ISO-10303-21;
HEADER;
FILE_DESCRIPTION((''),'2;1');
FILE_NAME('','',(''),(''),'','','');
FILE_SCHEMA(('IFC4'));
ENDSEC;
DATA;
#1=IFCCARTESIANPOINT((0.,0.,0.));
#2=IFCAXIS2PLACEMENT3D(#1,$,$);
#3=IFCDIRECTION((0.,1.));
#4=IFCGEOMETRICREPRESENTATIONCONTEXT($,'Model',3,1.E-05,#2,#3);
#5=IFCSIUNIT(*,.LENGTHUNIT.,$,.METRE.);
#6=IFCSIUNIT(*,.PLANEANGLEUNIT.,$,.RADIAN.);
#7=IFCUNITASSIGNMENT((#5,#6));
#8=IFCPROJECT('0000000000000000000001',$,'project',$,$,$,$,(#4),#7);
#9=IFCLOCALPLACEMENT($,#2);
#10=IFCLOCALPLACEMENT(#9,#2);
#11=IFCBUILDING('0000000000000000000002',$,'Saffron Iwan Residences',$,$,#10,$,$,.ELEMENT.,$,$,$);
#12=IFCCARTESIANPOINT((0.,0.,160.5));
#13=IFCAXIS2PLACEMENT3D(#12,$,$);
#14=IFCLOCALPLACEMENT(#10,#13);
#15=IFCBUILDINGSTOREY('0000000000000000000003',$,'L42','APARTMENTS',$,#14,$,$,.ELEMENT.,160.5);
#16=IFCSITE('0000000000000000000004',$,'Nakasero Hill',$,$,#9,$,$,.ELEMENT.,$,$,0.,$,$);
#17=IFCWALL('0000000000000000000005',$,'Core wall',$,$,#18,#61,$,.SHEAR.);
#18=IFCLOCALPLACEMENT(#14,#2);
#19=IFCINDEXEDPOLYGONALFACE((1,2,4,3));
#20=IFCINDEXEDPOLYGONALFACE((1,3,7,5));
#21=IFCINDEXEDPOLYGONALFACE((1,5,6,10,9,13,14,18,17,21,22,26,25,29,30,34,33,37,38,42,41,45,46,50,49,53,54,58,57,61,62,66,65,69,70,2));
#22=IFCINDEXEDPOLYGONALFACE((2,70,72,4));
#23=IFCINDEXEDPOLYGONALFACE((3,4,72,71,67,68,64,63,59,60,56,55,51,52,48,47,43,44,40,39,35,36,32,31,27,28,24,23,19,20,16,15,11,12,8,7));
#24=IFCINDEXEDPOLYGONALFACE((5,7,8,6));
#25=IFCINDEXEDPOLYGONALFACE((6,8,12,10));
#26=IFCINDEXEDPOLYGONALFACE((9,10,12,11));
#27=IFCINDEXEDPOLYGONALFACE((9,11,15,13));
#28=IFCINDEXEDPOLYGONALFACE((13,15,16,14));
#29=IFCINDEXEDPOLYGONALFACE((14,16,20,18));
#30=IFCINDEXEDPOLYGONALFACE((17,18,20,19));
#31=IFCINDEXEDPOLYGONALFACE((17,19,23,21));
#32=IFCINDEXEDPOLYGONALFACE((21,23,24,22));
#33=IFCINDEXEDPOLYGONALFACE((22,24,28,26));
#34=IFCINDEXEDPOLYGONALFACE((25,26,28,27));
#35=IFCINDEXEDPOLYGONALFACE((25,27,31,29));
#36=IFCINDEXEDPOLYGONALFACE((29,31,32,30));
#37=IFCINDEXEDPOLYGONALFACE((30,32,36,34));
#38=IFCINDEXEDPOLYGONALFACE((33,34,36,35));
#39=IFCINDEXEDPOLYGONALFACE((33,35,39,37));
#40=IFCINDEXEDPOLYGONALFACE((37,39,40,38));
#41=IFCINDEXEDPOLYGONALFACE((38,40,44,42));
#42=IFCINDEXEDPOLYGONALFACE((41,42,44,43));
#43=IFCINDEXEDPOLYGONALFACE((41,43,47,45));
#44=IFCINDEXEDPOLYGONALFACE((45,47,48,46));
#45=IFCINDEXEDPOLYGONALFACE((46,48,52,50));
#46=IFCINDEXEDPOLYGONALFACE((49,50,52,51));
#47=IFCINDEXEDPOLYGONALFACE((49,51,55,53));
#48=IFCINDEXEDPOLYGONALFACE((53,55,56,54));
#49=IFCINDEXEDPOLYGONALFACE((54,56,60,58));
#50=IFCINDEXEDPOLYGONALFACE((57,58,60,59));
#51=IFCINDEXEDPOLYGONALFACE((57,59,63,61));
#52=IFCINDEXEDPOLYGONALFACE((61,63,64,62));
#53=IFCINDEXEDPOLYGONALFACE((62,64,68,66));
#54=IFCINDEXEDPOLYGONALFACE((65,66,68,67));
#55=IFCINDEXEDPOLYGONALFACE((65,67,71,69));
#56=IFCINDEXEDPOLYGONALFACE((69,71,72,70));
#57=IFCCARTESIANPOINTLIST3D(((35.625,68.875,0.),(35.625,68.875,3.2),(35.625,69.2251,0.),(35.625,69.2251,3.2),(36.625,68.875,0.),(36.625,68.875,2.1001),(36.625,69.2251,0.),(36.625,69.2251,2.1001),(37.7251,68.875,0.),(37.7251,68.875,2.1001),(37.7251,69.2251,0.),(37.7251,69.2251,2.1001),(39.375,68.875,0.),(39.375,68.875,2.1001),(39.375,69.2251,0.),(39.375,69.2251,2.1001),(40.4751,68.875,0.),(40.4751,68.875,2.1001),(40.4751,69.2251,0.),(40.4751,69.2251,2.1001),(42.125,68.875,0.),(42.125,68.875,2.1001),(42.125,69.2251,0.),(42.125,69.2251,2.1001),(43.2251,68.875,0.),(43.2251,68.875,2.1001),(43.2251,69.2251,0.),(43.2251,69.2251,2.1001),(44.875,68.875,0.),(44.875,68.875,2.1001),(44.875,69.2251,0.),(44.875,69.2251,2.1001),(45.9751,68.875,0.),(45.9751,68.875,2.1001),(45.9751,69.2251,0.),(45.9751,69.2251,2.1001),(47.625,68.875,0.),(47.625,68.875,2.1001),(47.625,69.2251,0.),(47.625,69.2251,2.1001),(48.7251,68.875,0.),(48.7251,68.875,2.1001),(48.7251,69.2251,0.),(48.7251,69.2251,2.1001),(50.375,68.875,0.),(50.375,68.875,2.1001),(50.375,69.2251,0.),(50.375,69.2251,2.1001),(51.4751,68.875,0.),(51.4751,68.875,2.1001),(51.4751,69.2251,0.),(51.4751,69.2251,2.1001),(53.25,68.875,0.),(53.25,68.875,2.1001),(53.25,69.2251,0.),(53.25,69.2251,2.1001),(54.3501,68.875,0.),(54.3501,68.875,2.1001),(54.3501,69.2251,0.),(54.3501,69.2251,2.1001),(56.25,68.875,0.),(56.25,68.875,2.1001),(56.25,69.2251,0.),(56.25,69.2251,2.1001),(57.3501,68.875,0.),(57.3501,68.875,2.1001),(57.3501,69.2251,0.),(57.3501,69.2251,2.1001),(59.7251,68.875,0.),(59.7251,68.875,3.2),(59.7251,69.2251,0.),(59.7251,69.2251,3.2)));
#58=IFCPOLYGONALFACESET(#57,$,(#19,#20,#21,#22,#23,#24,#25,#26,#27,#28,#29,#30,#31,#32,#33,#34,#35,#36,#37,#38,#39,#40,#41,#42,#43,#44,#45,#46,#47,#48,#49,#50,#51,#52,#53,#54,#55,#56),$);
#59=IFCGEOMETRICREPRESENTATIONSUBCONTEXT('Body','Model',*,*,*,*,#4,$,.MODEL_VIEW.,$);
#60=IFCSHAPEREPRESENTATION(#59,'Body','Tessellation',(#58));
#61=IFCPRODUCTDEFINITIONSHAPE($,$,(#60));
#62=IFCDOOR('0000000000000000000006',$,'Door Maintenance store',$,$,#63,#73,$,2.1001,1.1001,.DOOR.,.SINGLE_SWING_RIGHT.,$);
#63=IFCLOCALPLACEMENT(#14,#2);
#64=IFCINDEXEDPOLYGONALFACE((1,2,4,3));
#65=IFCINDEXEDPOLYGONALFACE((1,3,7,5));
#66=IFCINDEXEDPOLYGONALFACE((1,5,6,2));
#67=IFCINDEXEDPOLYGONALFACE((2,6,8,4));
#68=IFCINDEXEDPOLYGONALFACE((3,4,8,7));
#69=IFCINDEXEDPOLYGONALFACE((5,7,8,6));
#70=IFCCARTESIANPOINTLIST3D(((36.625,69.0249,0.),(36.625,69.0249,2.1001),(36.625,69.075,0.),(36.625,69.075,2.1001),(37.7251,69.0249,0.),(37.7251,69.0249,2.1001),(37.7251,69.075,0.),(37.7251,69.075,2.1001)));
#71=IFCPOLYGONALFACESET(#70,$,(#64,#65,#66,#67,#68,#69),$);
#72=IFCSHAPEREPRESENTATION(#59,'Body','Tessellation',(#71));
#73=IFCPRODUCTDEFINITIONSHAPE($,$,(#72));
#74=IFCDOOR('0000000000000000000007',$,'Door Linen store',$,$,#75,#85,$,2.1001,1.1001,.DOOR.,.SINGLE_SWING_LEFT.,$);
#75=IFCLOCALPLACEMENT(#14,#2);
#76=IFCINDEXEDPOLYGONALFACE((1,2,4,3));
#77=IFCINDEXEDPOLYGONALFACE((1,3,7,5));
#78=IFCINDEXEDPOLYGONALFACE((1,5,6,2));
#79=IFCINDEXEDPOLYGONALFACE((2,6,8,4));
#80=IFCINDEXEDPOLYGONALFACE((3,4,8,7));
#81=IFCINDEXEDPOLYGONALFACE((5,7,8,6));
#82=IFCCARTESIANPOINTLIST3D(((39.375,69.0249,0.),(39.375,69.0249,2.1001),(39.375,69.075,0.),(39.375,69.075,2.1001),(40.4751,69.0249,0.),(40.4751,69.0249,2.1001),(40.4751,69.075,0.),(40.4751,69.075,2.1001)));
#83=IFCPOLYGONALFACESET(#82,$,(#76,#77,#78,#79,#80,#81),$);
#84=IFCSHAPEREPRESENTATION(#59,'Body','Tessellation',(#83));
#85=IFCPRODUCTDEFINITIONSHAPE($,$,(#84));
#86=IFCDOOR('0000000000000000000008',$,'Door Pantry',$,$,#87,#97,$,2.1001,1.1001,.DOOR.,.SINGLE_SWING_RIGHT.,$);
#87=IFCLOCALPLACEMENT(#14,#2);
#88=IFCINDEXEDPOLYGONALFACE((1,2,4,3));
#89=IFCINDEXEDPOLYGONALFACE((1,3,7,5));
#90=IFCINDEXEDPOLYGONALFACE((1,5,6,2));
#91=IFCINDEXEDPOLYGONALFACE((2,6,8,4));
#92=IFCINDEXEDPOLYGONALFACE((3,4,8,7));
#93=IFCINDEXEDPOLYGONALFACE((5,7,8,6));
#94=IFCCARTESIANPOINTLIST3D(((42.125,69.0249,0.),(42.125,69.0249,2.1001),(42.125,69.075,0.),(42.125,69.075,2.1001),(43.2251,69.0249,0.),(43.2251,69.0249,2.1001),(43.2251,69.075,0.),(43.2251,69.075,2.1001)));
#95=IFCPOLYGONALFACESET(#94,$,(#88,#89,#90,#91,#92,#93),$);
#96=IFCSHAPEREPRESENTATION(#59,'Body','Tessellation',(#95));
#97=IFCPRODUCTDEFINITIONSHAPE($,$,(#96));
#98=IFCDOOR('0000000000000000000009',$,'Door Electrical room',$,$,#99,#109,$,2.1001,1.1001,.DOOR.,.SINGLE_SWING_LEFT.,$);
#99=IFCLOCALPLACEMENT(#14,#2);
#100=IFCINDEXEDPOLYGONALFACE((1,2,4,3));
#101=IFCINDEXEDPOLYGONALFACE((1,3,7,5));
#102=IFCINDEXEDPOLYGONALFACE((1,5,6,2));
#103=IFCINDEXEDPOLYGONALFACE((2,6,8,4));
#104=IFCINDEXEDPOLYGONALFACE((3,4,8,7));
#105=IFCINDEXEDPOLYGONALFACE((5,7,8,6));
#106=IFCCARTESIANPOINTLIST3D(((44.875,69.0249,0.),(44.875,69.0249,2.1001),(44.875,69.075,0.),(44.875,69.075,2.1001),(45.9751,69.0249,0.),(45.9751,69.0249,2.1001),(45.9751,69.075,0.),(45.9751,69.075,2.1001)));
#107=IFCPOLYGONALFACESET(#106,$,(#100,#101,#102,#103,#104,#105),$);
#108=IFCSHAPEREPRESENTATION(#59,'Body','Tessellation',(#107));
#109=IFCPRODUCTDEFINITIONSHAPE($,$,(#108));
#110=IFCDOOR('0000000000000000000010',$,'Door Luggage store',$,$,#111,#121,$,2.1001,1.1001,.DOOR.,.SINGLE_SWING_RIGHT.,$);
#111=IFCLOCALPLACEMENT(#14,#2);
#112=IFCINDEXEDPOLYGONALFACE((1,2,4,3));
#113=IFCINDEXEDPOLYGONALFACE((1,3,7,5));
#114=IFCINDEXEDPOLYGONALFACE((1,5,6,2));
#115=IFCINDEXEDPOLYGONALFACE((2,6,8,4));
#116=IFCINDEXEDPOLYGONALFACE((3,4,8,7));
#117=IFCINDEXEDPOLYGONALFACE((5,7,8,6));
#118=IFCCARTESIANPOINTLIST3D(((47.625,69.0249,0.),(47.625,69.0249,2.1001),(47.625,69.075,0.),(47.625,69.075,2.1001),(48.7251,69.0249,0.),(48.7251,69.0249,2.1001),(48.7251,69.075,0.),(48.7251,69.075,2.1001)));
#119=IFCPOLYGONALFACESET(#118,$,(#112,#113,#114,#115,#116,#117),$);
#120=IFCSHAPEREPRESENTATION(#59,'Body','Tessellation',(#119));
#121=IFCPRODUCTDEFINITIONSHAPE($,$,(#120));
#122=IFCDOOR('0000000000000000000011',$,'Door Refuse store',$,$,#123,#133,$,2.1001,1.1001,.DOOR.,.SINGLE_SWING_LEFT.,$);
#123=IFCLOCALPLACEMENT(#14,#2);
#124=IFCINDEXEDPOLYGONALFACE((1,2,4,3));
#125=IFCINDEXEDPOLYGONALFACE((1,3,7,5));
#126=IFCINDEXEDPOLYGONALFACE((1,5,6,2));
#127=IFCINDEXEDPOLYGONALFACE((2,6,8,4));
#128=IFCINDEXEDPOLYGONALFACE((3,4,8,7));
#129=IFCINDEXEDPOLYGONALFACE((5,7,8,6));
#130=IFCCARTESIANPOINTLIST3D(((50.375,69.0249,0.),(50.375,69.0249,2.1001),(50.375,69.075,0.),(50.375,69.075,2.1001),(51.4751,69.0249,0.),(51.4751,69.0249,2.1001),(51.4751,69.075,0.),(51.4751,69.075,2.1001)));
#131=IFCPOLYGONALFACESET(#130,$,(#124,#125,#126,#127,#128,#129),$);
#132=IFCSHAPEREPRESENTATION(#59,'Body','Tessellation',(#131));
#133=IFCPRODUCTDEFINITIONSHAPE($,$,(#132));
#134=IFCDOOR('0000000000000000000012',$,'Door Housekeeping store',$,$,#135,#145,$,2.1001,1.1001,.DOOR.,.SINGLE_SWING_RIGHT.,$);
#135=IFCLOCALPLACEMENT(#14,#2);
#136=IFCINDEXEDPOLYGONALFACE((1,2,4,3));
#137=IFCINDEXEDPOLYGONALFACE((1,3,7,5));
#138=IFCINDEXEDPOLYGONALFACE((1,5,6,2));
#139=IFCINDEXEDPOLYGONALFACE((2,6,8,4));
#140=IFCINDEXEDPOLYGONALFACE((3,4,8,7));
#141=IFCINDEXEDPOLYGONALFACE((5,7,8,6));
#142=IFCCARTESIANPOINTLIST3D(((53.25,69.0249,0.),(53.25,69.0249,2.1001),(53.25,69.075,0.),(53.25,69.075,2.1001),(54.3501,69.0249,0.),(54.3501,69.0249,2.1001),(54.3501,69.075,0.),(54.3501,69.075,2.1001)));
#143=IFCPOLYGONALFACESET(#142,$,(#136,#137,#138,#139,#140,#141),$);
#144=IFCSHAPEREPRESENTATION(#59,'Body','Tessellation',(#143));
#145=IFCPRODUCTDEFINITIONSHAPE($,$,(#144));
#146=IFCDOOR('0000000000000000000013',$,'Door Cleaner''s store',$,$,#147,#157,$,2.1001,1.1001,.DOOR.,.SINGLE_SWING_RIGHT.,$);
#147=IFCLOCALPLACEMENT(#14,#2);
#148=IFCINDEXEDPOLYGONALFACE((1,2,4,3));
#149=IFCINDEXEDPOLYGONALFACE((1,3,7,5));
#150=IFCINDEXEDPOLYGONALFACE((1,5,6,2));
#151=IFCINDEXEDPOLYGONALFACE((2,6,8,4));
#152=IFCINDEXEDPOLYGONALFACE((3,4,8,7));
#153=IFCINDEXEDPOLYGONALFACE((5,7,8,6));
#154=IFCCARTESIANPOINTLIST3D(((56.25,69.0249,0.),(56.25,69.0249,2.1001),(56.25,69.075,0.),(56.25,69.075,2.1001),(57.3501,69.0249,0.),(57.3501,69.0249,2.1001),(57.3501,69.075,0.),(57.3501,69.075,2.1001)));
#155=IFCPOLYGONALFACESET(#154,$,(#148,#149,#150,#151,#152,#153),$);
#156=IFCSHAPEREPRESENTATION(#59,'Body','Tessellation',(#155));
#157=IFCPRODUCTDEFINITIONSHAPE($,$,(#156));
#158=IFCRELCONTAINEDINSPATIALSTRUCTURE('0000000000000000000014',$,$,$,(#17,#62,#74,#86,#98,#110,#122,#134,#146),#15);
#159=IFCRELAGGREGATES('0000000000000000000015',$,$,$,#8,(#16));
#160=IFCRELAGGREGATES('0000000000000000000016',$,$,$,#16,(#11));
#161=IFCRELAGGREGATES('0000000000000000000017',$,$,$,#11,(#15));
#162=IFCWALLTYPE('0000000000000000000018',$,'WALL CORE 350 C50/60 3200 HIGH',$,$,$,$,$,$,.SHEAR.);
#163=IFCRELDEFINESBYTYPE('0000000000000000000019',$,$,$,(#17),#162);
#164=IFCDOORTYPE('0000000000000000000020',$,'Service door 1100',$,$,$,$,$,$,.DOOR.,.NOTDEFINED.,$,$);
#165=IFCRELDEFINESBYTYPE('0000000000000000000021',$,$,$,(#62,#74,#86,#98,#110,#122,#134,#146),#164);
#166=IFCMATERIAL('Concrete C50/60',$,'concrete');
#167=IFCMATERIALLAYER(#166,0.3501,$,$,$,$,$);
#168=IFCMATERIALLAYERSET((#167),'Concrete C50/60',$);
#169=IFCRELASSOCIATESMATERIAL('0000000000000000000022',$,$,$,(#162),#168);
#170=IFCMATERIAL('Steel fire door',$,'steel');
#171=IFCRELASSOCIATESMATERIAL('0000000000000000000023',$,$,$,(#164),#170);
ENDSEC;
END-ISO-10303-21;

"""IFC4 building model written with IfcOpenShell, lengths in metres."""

from ifc_helpers import new_model, si_unit, direction, frame, frame_2d, origin, place, context, subcontext, project, spatial, rectangle, extrude, material, layer, layer_set, type_object, element, fill, save


model = new_model("IFC4")

# Units and contexts
model_context = context("Model", 3, precision=1e-05, world=origin(), true_north=direction((0.0, 1.0)))
body_context = subcontext(model_context, "Body", "Model", "MODEL_VIEW")
ifc_project = project(units=[si_unit("LENGTHUNIT", "METRE"), si_unit("PLANEANGLEUNIT", "RADIAN")], contexts=[model_context])

# Site, building, storey
site_placement = place(None, origin())
site = spatial("IfcSite", under=ifc_project, at=site_placement, Name="Nakasero Hill", CompositionType="ELEMENT", RefElevation=0.0)
building_placement = place(site_placement, origin())
building = spatial("IfcBuilding", under=site, at=building_placement, Name="Saffron Iwan Residences", CompositionType="ELEMENT")
storey_placement = place(building_placement, frame((0.0, 0.0, 160.5)))
storey = spatial("IfcBuildingStorey", under=building, at=storey_placement, Name="L42", Description="APARTMENTS", CompositionType="ELEMENT", Elevation=160.5)

# Shared definitions
ifc_material_1 = material(Name="Concrete C50/60", Category="concrete")

# Wall, openings, doors
ifc_layer_1 = layer(ifc_material_1, 0.3501)
ifc_layer_set_1 = layer_set([ifc_layer_1], Name="Concrete C50/60")
wall_type_1 = type_object("IfcWallType", Name="WALL CORE 350 C50/60 3200 HIGH", PredefinedType="SHEAR", material=ifc_layer_set_1)
wall_1_placement = place(storey_placement, frame((35.625, 69.05, 0.0), z_axis=(0.0, 0.0, 1.0), x_axis=(1.0, 0.0, 0.0)))
wall_1 = element("IfcWall", 1, at=wall_1_placement, inside=storey, type_object=wall_type_1, Name="Core wall", PredefinedType="SHEAR", context=body_context, shape_type="SweptSolid", body=[
    extrude(rectangle(XDim=24.1001, YDim=0.3501, at=frame_2d((12.05, 0.0))), origin(), (0.0, 0.0, 1.0), 3.2),
])
opening_1_placement = place(wall_1_placement, frame((1.0, 0.0, 0.0)))
opening_1 = element("IfcOpeningElement", 2, at=opening_1_placement, cuts=wall_1, PredefinedType="OPENING", context=body_context, shape_type="SweptSolid", body=[
    extrude(rectangle(XDim=1.1001, YDim=2.1001, at=frame_2d((0.55, 1.05))), frame((0.0, 0.1851, 0.0), z_axis=(0.0, -1.0, 0.0), x_axis=(1.0, 0.0, 0.0)), (0.0, 0.0, 1.0), 0.3701),
])
opening_2_placement = place(wall_1_placement, frame((3.75, 0.0, 0.0)))
opening_2 = element("IfcOpeningElement", 3, at=opening_2_placement, cuts=wall_1, PredefinedType="OPENING", context=body_context, shape_type="SweptSolid", body=[
    extrude(rectangle(XDim=1.1001, YDim=2.1001, at=frame_2d((0.55, 1.05))), frame((0.0, 0.1851, 0.0), z_axis=(0.0, -1.0, 0.0), x_axis=(1.0, 0.0, 0.0)), (0.0, 0.0, 1.0), 0.3701),
])
opening_3_placement = place(wall_1_placement, frame((6.5, 0.0, 0.0)))
opening_3 = element("IfcOpeningElement", 4, at=opening_3_placement, cuts=wall_1, PredefinedType="OPENING", context=body_context, shape_type="SweptSolid", body=[
    extrude(rectangle(XDim=1.1001, YDim=2.1001, at=frame_2d((0.55, 1.05))), frame((0.0, 0.1851, 0.0), z_axis=(0.0, -1.0, 0.0), x_axis=(1.0, 0.0, 0.0)), (0.0, 0.0, 1.0), 0.3701),
])
opening_4_placement = place(wall_1_placement, frame((9.25, 0.0, 0.0)))
opening_4 = element("IfcOpeningElement", 5, at=opening_4_placement, cuts=wall_1, PredefinedType="OPENING", context=body_context, shape_type="SweptSolid", body=[
    extrude(rectangle(XDim=1.1001, YDim=2.1001, at=frame_2d((0.55, 1.05))), frame((0.0, 0.1851, 0.0), z_axis=(0.0, -1.0, 0.0), x_axis=(1.0, 0.0, 0.0)), (0.0, 0.0, 1.0), 0.3701),
])
opening_5_placement = place(wall_1_placement, frame((12.0, 0.0, 0.0)))
opening_5 = element("IfcOpeningElement", 6, at=opening_5_placement, cuts=wall_1, PredefinedType="OPENING", context=body_context, shape_type="SweptSolid", body=[
    extrude(rectangle(XDim=1.1001, YDim=2.1001, at=frame_2d((0.55, 1.05))), frame((0.0, 0.1851, 0.0), z_axis=(0.0, -1.0, 0.0), x_axis=(1.0, 0.0, 0.0)), (0.0, 0.0, 1.0), 0.3701),
])
opening_6_placement = place(wall_1_placement, frame((14.75, 0.0, 0.0)))
opening_6 = element("IfcOpeningElement", 7, at=opening_6_placement, cuts=wall_1, PredefinedType="OPENING", context=body_context, shape_type="SweptSolid", body=[
    extrude(rectangle(XDim=1.1001, YDim=2.1001, at=frame_2d((0.55, 1.05))), frame((0.0, 0.1851, 0.0), z_axis=(0.0, -1.0, 0.0), x_axis=(1.0, 0.0, 0.0)), (0.0, 0.0, 1.0), 0.3701),
])
opening_7_placement = place(wall_1_placement, frame((17.625, 0.0, 0.0)))
opening_7 = element("IfcOpeningElement", 8, at=opening_7_placement, cuts=wall_1, PredefinedType="OPENING", context=body_context, shape_type="SweptSolid", body=[
    extrude(rectangle(XDim=1.1001, YDim=2.1001, at=frame_2d((0.55, 1.05))), frame((0.0, 0.1851, 0.0), z_axis=(0.0, -1.0, 0.0), x_axis=(1.0, 0.0, 0.0)), (0.0, 0.0, 1.0), 0.3701),
])
opening_8_placement = place(wall_1_placement, frame((20.625, 0.0, 0.0)))
opening_8 = element("IfcOpeningElement", 9, at=opening_8_placement, cuts=wall_1, PredefinedType="OPENING", context=body_context, shape_type="SweptSolid", body=[
    extrude(rectangle(XDim=1.1001, YDim=2.1001, at=frame_2d((0.55, 1.05))), frame((0.0, 0.1851, 0.0), z_axis=(0.0, -1.0, 0.0), x_axis=(1.0, 0.0, 0.0)), (0.0, 0.0, 1.0), 0.3701),
])
ifc_material_2 = material(Name="Steel fire door", Category="steel")
door_type = type_object("IfcDoorType", Name="Service door 1100", OperationType="NOTDEFINED", PredefinedType="DOOR", material=ifc_material_2)
door_1_placement = place(opening_1_placement, origin())
door_1 = element("IfcDoor", 10, at=door_1_placement, inside=storey, type_object=door_type, Name="Door Maintenance store", OperationType="SINGLE_SWING_RIGHT", OverallHeight=2.1001, OverallWidth=1.1001, PredefinedType="DOOR", context=body_context, shape_type="SweptSolid", body=[
    extrude(rectangle(XDim=1.1001, YDim=2.1001, at=frame_2d((0.55, 1.05))), frame((0.0, 0.0249, 0.0), z_axis=(0.0, -1.0, 0.0), x_axis=(1.0, 0.0, 0.0)), (0.0, 0.0, 1.0), 0.05),
])
fill(opening_1, door_1)
door_2_placement = place(opening_2_placement, origin())
door_2 = element("IfcDoor", 11, at=door_2_placement, inside=storey, type_object=door_type, Name="Door Linen store", OperationType="SINGLE_SWING_LEFT", OverallHeight=2.1001, OverallWidth=1.1001, PredefinedType="DOOR", context=body_context, shape_type="SweptSolid", body=[
    extrude(rectangle(XDim=1.1001, YDim=2.1001, at=frame_2d((0.55, 1.05))), frame((0.0, 0.0249, 0.0), z_axis=(0.0, -1.0, 0.0), x_axis=(1.0, 0.0, 0.0)), (0.0, 0.0, 1.0), 0.05),
])
fill(opening_2, door_2)
door_3_placement = place(opening_3_placement, origin())
door_3 = element("IfcDoor", 12, at=door_3_placement, inside=storey, type_object=door_type, Name="Door Pantry", OperationType="SINGLE_SWING_RIGHT", OverallHeight=2.1001, OverallWidth=1.1001, PredefinedType="DOOR", context=body_context, shape_type="SweptSolid", body=[
    extrude(rectangle(XDim=1.1001, YDim=2.1001, at=frame_2d((0.55, 1.05))), frame((0.0, 0.0249, 0.0), z_axis=(0.0, -1.0, 0.0), x_axis=(1.0, 0.0, 0.0)), (0.0, 0.0, 1.0), 0.05),
])
fill(opening_3, door_3)
door_4_placement = place(opening_4_placement, origin())
door_4 = element("IfcDoor", 13, at=door_4_placement, inside=storey, type_object=door_type, Name="Door Electrical room", OperationType="SINGLE_SWING_LEFT", OverallHeight=2.1001, OverallWidth=1.1001, PredefinedType="DOOR", context=body_context, shape_type="SweptSolid", body=[
    extrude(rectangle(XDim=1.1001, YDim=2.1001, at=frame_2d((0.55, 1.05))), frame((0.0, 0.0249, 0.0), z_axis=(0.0, -1.0, 0.0), x_axis=(1.0, 0.0, 0.0)), (0.0, 0.0, 1.0), 0.05),
])
fill(opening_4, door_4)
door_5_placement = place(opening_5_placement, origin())
door_5 = element("IfcDoor", 14, at=door_5_placement, inside=storey, type_object=door_type, Name="Door Luggage store", OperationType="SINGLE_SWING_RIGHT", OverallHeight=2.1001, OverallWidth=1.1001, PredefinedType="DOOR", context=body_context, shape_type="SweptSolid", body=[
    extrude(rectangle(XDim=1.1001, YDim=2.1001, at=frame_2d((0.55, 1.05))), frame((0.0, 0.0249, 0.0), z_axis=(0.0, -1.0, 0.0), x_axis=(1.0, 0.0, 0.0)), (0.0, 0.0, 1.0), 0.05),
])
fill(opening_5, door_5)
door_6_placement = place(opening_6_placement, origin())
door_6 = element("IfcDoor", 15, at=door_6_placement, inside=storey, type_object=door_type, Name="Door Refuse store", OperationType="SINGLE_SWING_LEFT", OverallHeight=2.1001, OverallWidth=1.1001, PredefinedType="DOOR", context=body_context, shape_type="SweptSolid", body=[
    extrude(rectangle(XDim=1.1001, YDim=2.1001, at=frame_2d((0.55, 1.05))), frame((0.0, 0.0249, 0.0), z_axis=(0.0, -1.0, 0.0), x_axis=(1.0, 0.0, 0.0)), (0.0, 0.0, 1.0), 0.05),
])
fill(opening_6, door_6)
door_7_placement = place(opening_7_placement, origin())
door_7 = element("IfcDoor", 16, at=door_7_placement, inside=storey, type_object=door_type, Name="Door Housekeeping store", OperationType="SINGLE_SWING_RIGHT", OverallHeight=2.1001, OverallWidth=1.1001, PredefinedType="DOOR", context=body_context, shape_type="SweptSolid", body=[
    extrude(rectangle(XDim=1.1001, YDim=2.1001, at=frame_2d((0.55, 1.05))), frame((0.0, 0.0249, 0.0), z_axis=(0.0, -1.0, 0.0), x_axis=(1.0, 0.0, 0.0)), (0.0, 0.0, 1.0), 0.05),
])
fill(opening_7, door_7)
door_8_placement = place(opening_8_placement, origin())
door_8 = element("IfcDoor", 17, at=door_8_placement, inside=storey, type_object=door_type, Name="Door Cleaner's store", OperationType="SINGLE_SWING_RIGHT", OverallHeight=2.1001, OverallWidth=1.1001, PredefinedType="DOOR", context=body_context, shape_type="SweptSolid", body=[
    extrude(rectangle(XDim=1.1001, YDim=2.1001, at=frame_2d((0.55, 1.05))), frame((0.0, 0.0249, 0.0), z_axis=(0.0, -1.0, 0.0), x_axis=(1.0, 0.0, 0.0)), (0.0, 0.0, 1.0), 0.05),
])
fill(opening_8, door_8)

save(model, "model.ifc")
